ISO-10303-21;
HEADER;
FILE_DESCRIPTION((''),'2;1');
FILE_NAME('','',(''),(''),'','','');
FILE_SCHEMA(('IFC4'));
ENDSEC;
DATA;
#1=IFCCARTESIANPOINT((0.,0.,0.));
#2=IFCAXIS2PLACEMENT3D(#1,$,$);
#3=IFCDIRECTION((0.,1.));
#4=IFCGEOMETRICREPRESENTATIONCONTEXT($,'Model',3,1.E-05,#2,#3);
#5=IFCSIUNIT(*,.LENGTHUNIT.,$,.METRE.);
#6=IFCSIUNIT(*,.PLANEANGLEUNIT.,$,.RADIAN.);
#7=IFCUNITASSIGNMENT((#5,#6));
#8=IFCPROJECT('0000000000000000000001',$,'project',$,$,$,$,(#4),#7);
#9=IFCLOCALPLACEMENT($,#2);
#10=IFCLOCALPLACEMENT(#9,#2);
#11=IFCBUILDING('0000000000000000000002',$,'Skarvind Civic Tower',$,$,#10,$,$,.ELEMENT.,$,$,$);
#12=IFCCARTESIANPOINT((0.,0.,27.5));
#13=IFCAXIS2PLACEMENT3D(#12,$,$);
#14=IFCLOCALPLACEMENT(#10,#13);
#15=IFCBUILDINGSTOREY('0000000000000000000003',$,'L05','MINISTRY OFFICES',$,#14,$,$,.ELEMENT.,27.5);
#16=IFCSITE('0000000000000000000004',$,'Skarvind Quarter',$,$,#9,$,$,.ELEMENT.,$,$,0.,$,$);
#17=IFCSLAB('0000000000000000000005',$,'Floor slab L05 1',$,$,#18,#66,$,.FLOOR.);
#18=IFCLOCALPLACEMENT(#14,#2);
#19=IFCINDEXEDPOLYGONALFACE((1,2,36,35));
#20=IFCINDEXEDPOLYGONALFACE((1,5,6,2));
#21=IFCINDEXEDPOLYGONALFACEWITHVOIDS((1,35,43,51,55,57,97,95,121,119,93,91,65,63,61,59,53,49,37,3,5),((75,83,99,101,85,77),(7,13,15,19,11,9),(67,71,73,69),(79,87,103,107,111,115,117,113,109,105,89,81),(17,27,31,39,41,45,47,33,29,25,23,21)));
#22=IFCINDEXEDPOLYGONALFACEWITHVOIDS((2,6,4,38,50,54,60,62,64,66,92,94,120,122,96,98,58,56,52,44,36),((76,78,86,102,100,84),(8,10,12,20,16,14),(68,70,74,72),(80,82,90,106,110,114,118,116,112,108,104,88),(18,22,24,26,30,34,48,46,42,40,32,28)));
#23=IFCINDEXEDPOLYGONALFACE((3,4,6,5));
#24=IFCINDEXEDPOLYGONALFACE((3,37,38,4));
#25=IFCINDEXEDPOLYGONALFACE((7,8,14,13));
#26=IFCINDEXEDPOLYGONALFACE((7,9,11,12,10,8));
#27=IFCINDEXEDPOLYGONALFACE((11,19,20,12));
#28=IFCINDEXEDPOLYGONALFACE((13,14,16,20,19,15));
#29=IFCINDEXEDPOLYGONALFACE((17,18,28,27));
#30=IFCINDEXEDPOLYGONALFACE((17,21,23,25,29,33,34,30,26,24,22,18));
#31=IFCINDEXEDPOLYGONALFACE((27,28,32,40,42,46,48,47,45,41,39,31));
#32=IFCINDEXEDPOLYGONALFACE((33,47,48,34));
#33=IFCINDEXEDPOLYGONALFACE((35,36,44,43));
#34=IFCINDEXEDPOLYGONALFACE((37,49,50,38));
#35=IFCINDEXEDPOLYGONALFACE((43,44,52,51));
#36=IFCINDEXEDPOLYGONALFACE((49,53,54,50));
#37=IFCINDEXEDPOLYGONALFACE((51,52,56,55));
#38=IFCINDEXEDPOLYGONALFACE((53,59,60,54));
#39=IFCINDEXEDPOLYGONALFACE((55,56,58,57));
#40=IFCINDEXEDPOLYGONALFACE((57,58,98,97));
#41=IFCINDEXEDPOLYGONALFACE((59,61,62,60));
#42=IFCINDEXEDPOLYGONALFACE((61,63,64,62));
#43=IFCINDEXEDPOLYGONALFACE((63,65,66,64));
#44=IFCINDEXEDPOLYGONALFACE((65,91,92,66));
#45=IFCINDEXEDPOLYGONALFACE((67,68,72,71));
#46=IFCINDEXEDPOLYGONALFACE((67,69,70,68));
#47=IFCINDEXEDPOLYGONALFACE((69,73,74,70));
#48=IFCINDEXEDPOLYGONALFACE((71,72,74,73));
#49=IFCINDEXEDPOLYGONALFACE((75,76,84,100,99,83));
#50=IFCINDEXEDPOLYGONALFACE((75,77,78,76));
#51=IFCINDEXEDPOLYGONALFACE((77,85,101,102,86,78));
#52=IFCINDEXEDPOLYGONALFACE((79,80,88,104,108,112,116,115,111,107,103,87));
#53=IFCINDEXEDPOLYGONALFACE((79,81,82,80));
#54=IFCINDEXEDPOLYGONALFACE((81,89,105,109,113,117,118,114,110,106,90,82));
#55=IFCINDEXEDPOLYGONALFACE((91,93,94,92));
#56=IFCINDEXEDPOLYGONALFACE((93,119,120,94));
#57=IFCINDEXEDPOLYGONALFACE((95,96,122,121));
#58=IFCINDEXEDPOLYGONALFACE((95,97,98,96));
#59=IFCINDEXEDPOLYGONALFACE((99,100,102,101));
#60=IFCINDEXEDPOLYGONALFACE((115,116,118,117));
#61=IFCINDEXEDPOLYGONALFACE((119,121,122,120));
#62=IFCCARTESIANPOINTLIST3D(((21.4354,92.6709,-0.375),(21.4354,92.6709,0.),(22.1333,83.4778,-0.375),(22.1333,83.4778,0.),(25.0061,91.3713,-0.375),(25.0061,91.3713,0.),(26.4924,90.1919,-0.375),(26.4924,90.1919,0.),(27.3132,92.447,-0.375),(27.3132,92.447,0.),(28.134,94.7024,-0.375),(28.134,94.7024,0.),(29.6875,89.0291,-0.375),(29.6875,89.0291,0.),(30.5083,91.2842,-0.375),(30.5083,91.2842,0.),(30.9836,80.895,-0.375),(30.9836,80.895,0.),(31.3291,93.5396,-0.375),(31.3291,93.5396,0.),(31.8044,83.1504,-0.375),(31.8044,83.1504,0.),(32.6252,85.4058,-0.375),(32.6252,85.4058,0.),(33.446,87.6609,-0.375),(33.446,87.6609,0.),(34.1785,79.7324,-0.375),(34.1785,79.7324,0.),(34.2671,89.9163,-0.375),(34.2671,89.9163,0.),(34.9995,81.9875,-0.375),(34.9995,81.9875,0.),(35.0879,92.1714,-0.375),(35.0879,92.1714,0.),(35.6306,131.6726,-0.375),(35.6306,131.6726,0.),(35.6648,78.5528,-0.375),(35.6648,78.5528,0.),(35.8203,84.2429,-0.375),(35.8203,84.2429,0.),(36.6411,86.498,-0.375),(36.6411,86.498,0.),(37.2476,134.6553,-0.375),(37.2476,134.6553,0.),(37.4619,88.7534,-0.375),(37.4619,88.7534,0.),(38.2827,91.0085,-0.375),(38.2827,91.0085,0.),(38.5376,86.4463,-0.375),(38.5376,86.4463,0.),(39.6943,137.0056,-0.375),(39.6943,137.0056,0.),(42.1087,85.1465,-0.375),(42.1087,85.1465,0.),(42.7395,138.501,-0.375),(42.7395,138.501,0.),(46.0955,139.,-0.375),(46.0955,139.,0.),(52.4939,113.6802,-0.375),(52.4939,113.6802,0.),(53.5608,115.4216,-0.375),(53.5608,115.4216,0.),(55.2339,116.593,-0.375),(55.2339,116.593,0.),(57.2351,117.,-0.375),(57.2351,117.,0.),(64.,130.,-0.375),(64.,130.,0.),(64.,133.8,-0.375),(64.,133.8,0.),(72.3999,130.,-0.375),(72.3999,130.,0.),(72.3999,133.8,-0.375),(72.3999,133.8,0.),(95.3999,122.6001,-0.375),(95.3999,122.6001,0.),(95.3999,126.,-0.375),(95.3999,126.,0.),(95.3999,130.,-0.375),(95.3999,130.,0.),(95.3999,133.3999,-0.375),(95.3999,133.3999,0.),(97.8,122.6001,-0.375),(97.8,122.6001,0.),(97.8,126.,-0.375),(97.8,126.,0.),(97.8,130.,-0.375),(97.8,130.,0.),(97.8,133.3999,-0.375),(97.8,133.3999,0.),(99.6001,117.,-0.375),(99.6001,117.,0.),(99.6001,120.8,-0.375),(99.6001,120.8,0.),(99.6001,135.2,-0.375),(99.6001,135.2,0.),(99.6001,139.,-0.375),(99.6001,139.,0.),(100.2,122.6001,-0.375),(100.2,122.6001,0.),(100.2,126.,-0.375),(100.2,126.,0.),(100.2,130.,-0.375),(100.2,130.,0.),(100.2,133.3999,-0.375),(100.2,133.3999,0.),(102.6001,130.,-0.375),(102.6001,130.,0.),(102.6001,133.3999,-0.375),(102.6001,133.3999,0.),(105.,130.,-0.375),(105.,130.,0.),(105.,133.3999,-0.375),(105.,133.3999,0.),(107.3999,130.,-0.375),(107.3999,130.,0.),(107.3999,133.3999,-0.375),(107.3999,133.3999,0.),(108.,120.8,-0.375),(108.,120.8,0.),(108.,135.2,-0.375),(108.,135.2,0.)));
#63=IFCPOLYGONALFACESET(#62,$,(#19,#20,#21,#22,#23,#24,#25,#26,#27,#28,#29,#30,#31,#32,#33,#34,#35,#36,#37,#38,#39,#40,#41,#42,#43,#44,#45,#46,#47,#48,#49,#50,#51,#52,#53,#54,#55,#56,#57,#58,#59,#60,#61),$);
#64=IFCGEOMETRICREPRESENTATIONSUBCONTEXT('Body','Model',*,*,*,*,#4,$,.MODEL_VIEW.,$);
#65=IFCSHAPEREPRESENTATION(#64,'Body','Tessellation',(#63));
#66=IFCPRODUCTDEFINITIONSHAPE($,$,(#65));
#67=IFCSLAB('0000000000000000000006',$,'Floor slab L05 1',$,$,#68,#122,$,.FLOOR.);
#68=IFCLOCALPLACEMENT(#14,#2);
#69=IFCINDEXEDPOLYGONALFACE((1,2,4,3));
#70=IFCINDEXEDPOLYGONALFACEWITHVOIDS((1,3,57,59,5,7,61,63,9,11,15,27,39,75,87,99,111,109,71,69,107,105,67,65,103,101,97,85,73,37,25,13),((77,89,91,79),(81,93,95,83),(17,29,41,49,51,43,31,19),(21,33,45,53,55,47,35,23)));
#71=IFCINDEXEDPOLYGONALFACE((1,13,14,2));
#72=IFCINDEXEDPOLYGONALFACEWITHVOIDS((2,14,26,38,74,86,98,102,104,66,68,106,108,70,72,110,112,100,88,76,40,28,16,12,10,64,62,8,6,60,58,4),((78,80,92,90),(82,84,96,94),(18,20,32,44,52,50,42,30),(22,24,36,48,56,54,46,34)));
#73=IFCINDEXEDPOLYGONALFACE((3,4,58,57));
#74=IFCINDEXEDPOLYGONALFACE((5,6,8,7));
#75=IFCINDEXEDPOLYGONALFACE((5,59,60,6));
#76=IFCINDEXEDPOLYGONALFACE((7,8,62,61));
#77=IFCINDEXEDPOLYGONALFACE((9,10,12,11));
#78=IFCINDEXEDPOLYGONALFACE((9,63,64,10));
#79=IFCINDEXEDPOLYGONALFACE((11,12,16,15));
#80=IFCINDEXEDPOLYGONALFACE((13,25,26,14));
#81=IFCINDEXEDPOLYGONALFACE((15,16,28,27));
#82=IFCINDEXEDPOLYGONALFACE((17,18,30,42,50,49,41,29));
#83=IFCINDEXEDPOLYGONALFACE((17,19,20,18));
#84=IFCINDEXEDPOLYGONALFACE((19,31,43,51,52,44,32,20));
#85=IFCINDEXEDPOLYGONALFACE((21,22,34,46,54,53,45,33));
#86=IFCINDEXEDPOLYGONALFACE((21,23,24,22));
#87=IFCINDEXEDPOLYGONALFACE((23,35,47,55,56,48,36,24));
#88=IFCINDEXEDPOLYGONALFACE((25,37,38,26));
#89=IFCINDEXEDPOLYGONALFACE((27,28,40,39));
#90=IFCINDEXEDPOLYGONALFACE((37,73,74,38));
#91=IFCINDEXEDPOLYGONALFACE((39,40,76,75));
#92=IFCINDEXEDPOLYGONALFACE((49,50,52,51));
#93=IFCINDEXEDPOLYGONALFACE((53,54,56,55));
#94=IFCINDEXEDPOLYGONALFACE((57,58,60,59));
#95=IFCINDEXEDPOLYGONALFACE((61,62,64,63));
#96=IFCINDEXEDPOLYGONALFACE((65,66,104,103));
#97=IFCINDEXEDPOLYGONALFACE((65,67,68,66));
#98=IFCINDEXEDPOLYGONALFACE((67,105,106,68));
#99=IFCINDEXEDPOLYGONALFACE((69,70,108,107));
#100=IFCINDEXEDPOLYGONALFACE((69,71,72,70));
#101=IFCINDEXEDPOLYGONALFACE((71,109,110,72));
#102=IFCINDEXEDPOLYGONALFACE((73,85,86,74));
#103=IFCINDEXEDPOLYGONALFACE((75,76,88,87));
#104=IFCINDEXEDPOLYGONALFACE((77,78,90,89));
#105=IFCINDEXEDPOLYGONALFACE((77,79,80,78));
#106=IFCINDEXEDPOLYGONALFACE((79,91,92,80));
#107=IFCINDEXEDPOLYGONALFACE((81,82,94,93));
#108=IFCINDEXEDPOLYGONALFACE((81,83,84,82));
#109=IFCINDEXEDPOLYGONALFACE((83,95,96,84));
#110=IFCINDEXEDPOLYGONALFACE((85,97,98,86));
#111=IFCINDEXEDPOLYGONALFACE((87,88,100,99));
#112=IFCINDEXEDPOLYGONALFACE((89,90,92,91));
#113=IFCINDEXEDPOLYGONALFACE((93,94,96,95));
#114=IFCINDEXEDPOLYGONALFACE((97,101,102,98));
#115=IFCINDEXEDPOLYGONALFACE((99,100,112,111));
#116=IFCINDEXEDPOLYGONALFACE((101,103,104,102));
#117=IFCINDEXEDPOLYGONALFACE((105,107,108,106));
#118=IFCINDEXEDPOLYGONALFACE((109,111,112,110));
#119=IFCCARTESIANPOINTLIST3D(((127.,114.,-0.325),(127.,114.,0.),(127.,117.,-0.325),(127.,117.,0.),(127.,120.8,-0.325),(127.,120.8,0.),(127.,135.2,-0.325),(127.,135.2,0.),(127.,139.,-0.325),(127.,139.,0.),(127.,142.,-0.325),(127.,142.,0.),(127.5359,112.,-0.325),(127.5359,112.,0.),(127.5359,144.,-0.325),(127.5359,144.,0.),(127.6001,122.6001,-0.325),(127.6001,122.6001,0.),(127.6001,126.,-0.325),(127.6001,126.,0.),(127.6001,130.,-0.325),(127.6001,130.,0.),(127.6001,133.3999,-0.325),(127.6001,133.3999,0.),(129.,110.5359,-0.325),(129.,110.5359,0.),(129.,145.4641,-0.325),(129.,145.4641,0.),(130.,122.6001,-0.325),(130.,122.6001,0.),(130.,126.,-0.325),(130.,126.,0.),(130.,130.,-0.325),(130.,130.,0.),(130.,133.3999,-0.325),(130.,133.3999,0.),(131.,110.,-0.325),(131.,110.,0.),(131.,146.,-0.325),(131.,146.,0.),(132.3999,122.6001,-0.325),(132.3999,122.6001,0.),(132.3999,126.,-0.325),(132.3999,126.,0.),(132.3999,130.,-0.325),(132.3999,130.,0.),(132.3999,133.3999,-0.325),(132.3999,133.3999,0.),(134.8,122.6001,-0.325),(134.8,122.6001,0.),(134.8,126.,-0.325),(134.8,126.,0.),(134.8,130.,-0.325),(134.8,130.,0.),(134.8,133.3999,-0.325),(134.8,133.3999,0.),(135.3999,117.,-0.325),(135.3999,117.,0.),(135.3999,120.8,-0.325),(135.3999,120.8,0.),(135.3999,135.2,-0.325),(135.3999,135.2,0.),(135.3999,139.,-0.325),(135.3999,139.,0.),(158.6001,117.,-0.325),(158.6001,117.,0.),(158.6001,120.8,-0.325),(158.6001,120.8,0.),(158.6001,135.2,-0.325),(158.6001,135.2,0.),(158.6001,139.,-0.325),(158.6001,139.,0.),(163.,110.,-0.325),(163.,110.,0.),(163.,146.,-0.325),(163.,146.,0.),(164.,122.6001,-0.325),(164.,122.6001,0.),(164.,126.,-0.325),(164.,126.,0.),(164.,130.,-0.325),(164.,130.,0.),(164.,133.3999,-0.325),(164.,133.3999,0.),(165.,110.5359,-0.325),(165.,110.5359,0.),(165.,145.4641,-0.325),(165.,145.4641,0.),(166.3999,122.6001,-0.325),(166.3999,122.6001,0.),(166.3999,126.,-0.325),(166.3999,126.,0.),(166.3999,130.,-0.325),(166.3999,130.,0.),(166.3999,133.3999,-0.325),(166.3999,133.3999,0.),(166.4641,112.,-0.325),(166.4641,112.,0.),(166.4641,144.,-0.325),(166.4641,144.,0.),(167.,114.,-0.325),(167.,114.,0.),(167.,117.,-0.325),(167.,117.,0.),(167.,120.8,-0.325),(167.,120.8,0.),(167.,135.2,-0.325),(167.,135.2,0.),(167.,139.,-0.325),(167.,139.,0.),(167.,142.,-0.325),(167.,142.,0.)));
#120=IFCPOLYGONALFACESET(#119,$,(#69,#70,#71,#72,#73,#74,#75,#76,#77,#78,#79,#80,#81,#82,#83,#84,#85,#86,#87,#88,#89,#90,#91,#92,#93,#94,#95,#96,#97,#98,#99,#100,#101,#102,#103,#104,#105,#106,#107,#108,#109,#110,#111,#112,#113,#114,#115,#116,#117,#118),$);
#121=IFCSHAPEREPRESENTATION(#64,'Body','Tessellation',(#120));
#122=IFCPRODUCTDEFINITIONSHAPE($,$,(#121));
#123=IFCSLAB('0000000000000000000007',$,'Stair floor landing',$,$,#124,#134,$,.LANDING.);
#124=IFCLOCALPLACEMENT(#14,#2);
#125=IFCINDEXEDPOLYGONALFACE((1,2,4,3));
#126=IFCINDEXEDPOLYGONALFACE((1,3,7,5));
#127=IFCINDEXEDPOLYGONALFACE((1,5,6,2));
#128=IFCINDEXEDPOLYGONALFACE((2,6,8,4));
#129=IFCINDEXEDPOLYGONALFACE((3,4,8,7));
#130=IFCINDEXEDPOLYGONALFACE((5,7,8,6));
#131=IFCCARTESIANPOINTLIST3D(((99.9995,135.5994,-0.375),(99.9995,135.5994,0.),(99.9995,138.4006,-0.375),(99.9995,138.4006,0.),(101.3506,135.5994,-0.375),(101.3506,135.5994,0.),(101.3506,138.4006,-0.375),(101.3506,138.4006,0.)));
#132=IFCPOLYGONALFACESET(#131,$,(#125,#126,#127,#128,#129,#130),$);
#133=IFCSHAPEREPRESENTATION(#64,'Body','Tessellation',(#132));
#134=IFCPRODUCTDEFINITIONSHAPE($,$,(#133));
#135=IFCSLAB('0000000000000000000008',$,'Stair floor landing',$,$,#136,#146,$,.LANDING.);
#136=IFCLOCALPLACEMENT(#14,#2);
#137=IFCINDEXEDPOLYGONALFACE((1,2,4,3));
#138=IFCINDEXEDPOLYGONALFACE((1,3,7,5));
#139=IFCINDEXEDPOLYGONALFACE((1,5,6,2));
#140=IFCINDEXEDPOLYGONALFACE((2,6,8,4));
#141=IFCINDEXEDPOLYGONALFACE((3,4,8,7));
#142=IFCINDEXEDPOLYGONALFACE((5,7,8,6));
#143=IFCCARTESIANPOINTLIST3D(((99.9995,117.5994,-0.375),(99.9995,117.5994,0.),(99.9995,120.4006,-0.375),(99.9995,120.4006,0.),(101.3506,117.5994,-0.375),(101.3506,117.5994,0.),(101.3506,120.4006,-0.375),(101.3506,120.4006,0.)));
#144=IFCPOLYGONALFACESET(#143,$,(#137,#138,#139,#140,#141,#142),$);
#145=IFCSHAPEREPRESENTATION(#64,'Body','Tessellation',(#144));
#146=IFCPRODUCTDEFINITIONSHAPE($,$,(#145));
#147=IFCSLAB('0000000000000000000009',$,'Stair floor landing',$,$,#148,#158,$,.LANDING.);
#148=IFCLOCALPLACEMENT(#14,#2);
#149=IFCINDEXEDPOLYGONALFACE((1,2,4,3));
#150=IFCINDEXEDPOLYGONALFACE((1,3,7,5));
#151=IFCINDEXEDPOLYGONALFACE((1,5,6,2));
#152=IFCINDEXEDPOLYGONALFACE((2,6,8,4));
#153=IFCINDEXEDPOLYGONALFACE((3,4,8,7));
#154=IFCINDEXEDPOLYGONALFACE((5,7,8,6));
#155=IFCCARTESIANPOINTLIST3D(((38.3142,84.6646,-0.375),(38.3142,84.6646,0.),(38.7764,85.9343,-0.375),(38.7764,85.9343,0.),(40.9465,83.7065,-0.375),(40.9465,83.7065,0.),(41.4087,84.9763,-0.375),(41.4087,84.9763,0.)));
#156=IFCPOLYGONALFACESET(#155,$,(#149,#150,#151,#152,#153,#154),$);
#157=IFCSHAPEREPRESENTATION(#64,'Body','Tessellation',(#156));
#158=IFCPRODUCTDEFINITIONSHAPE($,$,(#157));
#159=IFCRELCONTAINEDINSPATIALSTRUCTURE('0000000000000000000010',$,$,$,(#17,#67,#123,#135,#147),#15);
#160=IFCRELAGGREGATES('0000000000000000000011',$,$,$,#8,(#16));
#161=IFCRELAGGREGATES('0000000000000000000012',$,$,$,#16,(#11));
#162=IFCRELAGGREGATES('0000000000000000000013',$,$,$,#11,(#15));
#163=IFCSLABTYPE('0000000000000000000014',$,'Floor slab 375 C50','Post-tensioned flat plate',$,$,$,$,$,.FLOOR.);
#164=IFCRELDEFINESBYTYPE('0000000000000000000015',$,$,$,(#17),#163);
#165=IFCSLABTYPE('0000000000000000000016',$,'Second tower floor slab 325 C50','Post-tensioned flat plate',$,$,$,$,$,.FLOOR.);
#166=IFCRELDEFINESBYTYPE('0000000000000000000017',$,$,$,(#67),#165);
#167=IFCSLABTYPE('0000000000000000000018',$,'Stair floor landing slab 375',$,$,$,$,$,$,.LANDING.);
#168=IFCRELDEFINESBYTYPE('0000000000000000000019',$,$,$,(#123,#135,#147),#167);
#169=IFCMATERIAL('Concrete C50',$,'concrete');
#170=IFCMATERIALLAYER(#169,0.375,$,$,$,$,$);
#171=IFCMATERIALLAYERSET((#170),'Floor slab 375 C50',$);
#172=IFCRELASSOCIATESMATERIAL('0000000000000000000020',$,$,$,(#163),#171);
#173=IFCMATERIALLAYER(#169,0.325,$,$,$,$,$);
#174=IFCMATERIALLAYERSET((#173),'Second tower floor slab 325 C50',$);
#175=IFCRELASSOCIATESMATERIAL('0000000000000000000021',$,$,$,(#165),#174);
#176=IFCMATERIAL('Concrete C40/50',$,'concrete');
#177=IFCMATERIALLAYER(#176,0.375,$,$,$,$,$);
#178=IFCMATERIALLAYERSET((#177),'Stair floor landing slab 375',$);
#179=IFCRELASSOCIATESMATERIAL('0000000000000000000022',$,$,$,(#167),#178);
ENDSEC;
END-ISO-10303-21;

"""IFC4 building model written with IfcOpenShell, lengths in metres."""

from ifc_helpers import new_model, si_unit, direction, frame, origin, place, context, subcontext, project, spatial, polyline, outline, extrude, material, layer, layer_set, type_object, element, save


model = new_model("IFC4")

# Units and contexts
model_context = context("Model", 3, precision=1e-05, world=origin(), true_north=direction((0.0, 1.0)))
body_context = subcontext(model_context, "Body", "Model", "MODEL_VIEW")
ifc_project = project(units=[si_unit("LENGTHUNIT", "METRE"), si_unit("PLANEANGLEUNIT", "RADIAN")], contexts=[model_context])

# Site, building, storey
site_placement = place(None, origin())
site = spatial("IfcSite", under=ifc_project, at=site_placement, Name="Skarvind Quarter", CompositionType="ELEMENT", RefElevation=0.0)
building_placement = place(site_placement, origin())
building = spatial("IfcBuilding", under=site, at=building_placement, Name="Skarvind Civic Tower", CompositionType="ELEMENT")
storey_placement = place(building_placement, frame((0.0, 0.0, 27.5)))
storey = spatial("IfcBuildingStorey", under=building, at=storey_placement, Name="L05", Description="MINISTRY OFFICES", CompositionType="ELEMENT", Elevation=27.5)

# Slabs
ifc_material_1 = material(Name="Concrete C50", Category="concrete")
ifc_layer_1 = layer(ifc_material_1, 0.375)
ifc_layer_set_1 = layer_set([ifc_layer_1], Name="Floor slab 375 C50")
slab_type_1 = type_object("IfcSlabType", Name="Floor slab 375 C50", Description="Post-tensioned flat plate", PredefinedType="FLOOR", material=ifc_layer_set_1)
slab_1_placement = place(storey_placement, frame((0.0, 0.0, -0.375)))
element("IfcSlab", 1, at=slab_1_placement, inside=storey, type_object=slab_type_1, Name="Floor slab L05 1", PredefinedType="FLOOR", context=body_context, shape_type="SweptSolid", body=[
    extrude(outline(polyline([(99.6001, 117.0), (99.6001, 120.8), (108.0, 120.8), (108.0, 135.2), (99.6001, 135.2), (99.6001, 139.0), (46.0955, 139.0), (42.7395, 138.501), (39.6943, 137.0056), (37.2476, 134.6553), (35.6306, 131.6726), (19.4175, 87.1267), (21.4353, 92.6709), (25.0061, 91.3713), (22.1333, 83.4778), (36.8865, 78.1082), (35.6648, 78.5527), (38.5376, 86.4463), (42.1086, 85.1465), (40.0908, 79.6023), (40.0908, 79.6023), (52.4939, 113.6802), (53.5608, 115.4216), (55.2339, 116.593), (57.2351, 117.0), (99.6001, 117.0)]), holes=[polyline([(32.6252, 85.4058), (33.446, 87.6609), (34.2671, 89.9163), (35.0879, 92.1714), (38.2827, 91.0085), (37.4619, 88.7534), (36.6411, 86.498), (35.8203, 84.2429), (35.8203, 84.2429), (34.9995, 81.9875), (34.1785, 79.7324), (30.9836, 80.895), (31.8044, 83.1504), (32.6252, 85.4058), (32.6252, 85.4058)]), polyline([(31.3291, 93.5396), (30.5083, 91.2842), (29.6875, 89.0291), (26.4924, 90.1919), (27.3132, 92.447), (28.134, 94.7024), (31.3291, 93.5396)]), polyline([(64.0, 130.0), (64.0, 133.8), (72.3999, 133.8), (72.3999, 130.0), (64.0, 130.0)]), polyline([(100.2, 126.0), (100.2, 122.6001), (97.8, 122.6001), (95.3999, 122.6001), (95.3999, 126.0), (97.8, 126.0), (100.2, 126.0)]), polyline([(100.2, 133.3999), (102.6001, 133.3999), (105.0, 133.3999), (107.3999, 133.3999), (107.3999, 130.0), (105.0, 130.0), (102.6001, 130.0), (100.2, 130.0), (97.8, 130.0), (95.3999, 130.0), (95.3999, 133.3999), (97.8, 133.3999), (100.2, 133.3999)])]), origin(), (0.0, 0.0, 1.0), 0.375),
])
ifc_layer_2 = layer(ifc_material_1, 0.325)
ifc_layer_set_2 = layer_set([ifc_layer_2], Name="Second tower floor slab 325 C50")
slab_type_2 = type_object("IfcSlabType", Name="Second tower floor slab 325 C50", Description="Post-tensioned flat plate", PredefinedType="FLOOR", material=ifc_layer_set_2)
slab_2_placement = place(storey_placement, frame((0.0, 0.0, -0.325)))
element("IfcSlab", 2, at=slab_2_placement, inside=storey, type_object=slab_type_2, Name="Floor slab L05 1", PredefinedType="FLOOR", context=body_context, shape_type="SweptSolid", body=[
    extrude(outline(polyline([(127.0, 139.0), (135.3999, 139.0), (135.3999, 135.2), (127.0, 135.2), (127.0, 120.8), (135.3999, 120.8), (135.3999, 117.0), (127.0, 117.0), (127.0, 114.0), (127.5359, 112.0), (129.0, 110.5359), (131.0, 110.0), (163.0, 110.0), (165.0, 110.5359), (166.4641, 112.0), (167.0, 114.0), (167.0, 117.0), (158.6001, 117.0), (158.6001, 120.8), (167.0, 120.8), (167.0, 135.2), (158.6001, 135.2), (158.6001, 139.0), (167.0, 139.0), (167.0, 142.0), (166.4641, 144.0), (165.0, 145.4641), (163.0, 146.0), (131.0, 146.0), (129.0, 145.4641), (127.5359, 144.0), (127.0, 142.0), (127.0, 139.0)]), holes=[polyline([(132.3999, 126.0), (134.8, 126.0), (134.8, 122.6001), (132.3999, 122.6001), (130.0, 122.6001), (127.6001, 122.6001), (127.6001, 126.0), (130.0, 126.0), (132.3999, 126.0)]), polyline([(130.0, 133.3999), (132.3999, 133.3999), (134.8, 133.3999), (134.8, 130.0), (132.3999, 130.0), (130.0, 130.0), (127.6001, 130.0), (127.6001, 133.3999), (130.0, 133.3999)]), polyline([(166.3999, 126.0), (166.3999, 122.6001), (164.0, 122.6001), (164.0, 126.0), (166.3999, 126.0)]), polyline([(166.3999, 133.3999), (166.3999, 130.0), (164.0, 130.0), (164.0, 133.3999), (166.3999, 133.3999)])]), origin(), (0.0, 0.0, 1.0), 0.325),
])
ifc_material_2 = material(Name="Concrete C40/50", Category="concrete")
ifc_layer_3 = layer(ifc_material_2, 0.375)
ifc_layer_set_3 = layer_set([ifc_layer_3], Name="Stair floor landing slab 375")
slab_type_3 = type_object("IfcSlabType", Name="Stair floor landing slab 375", PredefinedType="LANDING", material=ifc_layer_set_3)
slab_3_placement = place(storey_placement, frame((0.0, 0.0, -0.375)))
element("IfcSlab", 3, at=slab_3_placement, inside=storey, type_object=slab_type_3, Name="Stair floor landing", PredefinedType="LANDING", context=body_context, shape_type="SweptSolid", body=[
    extrude(outline(polyline([(101.3506, 138.4006), (101.3506, 135.5994), (99.9995, 135.5994), (99.9995, 138.4006), (101.3506, 138.4006)])), origin(), (0.0, 0.0, 1.0), 0.375),
])
slab_4_placement = place(storey_placement, frame((0.0, 0.0, -0.375)))
element("IfcSlab", 4, at=slab_4_placement, inside=storey, type_object=slab_type_3, Name="Stair floor landing", PredefinedType="LANDING", context=body_context, shape_type="SweptSolid", body=[
    extrude(outline(polyline([(101.3506, 120.4006), (101.3506, 117.5994), (99.9995, 117.5994), (99.9995, 120.4006), (101.3506, 120.4006)])), origin(), (0.0, 0.0, 1.0), 0.375),
])
slab_5_placement = place(storey_placement, frame((0.0, 0.0, -0.375)))
element("IfcSlab", 5, at=slab_5_placement, inside=storey, type_object=slab_type_3, Name="Stair floor landing", PredefinedType="LANDING", context=body_context, shape_type="SweptSolid", body=[
    extrude(outline(polyline([(40.9465, 83.7065), (38.3142, 84.6646), (38.7764, 85.9343), (41.4087, 84.9763), (40.9465, 83.7065)])), origin(), (0.0, 0.0, 1.0), 0.375),
])

save(model, "model.ifc")
